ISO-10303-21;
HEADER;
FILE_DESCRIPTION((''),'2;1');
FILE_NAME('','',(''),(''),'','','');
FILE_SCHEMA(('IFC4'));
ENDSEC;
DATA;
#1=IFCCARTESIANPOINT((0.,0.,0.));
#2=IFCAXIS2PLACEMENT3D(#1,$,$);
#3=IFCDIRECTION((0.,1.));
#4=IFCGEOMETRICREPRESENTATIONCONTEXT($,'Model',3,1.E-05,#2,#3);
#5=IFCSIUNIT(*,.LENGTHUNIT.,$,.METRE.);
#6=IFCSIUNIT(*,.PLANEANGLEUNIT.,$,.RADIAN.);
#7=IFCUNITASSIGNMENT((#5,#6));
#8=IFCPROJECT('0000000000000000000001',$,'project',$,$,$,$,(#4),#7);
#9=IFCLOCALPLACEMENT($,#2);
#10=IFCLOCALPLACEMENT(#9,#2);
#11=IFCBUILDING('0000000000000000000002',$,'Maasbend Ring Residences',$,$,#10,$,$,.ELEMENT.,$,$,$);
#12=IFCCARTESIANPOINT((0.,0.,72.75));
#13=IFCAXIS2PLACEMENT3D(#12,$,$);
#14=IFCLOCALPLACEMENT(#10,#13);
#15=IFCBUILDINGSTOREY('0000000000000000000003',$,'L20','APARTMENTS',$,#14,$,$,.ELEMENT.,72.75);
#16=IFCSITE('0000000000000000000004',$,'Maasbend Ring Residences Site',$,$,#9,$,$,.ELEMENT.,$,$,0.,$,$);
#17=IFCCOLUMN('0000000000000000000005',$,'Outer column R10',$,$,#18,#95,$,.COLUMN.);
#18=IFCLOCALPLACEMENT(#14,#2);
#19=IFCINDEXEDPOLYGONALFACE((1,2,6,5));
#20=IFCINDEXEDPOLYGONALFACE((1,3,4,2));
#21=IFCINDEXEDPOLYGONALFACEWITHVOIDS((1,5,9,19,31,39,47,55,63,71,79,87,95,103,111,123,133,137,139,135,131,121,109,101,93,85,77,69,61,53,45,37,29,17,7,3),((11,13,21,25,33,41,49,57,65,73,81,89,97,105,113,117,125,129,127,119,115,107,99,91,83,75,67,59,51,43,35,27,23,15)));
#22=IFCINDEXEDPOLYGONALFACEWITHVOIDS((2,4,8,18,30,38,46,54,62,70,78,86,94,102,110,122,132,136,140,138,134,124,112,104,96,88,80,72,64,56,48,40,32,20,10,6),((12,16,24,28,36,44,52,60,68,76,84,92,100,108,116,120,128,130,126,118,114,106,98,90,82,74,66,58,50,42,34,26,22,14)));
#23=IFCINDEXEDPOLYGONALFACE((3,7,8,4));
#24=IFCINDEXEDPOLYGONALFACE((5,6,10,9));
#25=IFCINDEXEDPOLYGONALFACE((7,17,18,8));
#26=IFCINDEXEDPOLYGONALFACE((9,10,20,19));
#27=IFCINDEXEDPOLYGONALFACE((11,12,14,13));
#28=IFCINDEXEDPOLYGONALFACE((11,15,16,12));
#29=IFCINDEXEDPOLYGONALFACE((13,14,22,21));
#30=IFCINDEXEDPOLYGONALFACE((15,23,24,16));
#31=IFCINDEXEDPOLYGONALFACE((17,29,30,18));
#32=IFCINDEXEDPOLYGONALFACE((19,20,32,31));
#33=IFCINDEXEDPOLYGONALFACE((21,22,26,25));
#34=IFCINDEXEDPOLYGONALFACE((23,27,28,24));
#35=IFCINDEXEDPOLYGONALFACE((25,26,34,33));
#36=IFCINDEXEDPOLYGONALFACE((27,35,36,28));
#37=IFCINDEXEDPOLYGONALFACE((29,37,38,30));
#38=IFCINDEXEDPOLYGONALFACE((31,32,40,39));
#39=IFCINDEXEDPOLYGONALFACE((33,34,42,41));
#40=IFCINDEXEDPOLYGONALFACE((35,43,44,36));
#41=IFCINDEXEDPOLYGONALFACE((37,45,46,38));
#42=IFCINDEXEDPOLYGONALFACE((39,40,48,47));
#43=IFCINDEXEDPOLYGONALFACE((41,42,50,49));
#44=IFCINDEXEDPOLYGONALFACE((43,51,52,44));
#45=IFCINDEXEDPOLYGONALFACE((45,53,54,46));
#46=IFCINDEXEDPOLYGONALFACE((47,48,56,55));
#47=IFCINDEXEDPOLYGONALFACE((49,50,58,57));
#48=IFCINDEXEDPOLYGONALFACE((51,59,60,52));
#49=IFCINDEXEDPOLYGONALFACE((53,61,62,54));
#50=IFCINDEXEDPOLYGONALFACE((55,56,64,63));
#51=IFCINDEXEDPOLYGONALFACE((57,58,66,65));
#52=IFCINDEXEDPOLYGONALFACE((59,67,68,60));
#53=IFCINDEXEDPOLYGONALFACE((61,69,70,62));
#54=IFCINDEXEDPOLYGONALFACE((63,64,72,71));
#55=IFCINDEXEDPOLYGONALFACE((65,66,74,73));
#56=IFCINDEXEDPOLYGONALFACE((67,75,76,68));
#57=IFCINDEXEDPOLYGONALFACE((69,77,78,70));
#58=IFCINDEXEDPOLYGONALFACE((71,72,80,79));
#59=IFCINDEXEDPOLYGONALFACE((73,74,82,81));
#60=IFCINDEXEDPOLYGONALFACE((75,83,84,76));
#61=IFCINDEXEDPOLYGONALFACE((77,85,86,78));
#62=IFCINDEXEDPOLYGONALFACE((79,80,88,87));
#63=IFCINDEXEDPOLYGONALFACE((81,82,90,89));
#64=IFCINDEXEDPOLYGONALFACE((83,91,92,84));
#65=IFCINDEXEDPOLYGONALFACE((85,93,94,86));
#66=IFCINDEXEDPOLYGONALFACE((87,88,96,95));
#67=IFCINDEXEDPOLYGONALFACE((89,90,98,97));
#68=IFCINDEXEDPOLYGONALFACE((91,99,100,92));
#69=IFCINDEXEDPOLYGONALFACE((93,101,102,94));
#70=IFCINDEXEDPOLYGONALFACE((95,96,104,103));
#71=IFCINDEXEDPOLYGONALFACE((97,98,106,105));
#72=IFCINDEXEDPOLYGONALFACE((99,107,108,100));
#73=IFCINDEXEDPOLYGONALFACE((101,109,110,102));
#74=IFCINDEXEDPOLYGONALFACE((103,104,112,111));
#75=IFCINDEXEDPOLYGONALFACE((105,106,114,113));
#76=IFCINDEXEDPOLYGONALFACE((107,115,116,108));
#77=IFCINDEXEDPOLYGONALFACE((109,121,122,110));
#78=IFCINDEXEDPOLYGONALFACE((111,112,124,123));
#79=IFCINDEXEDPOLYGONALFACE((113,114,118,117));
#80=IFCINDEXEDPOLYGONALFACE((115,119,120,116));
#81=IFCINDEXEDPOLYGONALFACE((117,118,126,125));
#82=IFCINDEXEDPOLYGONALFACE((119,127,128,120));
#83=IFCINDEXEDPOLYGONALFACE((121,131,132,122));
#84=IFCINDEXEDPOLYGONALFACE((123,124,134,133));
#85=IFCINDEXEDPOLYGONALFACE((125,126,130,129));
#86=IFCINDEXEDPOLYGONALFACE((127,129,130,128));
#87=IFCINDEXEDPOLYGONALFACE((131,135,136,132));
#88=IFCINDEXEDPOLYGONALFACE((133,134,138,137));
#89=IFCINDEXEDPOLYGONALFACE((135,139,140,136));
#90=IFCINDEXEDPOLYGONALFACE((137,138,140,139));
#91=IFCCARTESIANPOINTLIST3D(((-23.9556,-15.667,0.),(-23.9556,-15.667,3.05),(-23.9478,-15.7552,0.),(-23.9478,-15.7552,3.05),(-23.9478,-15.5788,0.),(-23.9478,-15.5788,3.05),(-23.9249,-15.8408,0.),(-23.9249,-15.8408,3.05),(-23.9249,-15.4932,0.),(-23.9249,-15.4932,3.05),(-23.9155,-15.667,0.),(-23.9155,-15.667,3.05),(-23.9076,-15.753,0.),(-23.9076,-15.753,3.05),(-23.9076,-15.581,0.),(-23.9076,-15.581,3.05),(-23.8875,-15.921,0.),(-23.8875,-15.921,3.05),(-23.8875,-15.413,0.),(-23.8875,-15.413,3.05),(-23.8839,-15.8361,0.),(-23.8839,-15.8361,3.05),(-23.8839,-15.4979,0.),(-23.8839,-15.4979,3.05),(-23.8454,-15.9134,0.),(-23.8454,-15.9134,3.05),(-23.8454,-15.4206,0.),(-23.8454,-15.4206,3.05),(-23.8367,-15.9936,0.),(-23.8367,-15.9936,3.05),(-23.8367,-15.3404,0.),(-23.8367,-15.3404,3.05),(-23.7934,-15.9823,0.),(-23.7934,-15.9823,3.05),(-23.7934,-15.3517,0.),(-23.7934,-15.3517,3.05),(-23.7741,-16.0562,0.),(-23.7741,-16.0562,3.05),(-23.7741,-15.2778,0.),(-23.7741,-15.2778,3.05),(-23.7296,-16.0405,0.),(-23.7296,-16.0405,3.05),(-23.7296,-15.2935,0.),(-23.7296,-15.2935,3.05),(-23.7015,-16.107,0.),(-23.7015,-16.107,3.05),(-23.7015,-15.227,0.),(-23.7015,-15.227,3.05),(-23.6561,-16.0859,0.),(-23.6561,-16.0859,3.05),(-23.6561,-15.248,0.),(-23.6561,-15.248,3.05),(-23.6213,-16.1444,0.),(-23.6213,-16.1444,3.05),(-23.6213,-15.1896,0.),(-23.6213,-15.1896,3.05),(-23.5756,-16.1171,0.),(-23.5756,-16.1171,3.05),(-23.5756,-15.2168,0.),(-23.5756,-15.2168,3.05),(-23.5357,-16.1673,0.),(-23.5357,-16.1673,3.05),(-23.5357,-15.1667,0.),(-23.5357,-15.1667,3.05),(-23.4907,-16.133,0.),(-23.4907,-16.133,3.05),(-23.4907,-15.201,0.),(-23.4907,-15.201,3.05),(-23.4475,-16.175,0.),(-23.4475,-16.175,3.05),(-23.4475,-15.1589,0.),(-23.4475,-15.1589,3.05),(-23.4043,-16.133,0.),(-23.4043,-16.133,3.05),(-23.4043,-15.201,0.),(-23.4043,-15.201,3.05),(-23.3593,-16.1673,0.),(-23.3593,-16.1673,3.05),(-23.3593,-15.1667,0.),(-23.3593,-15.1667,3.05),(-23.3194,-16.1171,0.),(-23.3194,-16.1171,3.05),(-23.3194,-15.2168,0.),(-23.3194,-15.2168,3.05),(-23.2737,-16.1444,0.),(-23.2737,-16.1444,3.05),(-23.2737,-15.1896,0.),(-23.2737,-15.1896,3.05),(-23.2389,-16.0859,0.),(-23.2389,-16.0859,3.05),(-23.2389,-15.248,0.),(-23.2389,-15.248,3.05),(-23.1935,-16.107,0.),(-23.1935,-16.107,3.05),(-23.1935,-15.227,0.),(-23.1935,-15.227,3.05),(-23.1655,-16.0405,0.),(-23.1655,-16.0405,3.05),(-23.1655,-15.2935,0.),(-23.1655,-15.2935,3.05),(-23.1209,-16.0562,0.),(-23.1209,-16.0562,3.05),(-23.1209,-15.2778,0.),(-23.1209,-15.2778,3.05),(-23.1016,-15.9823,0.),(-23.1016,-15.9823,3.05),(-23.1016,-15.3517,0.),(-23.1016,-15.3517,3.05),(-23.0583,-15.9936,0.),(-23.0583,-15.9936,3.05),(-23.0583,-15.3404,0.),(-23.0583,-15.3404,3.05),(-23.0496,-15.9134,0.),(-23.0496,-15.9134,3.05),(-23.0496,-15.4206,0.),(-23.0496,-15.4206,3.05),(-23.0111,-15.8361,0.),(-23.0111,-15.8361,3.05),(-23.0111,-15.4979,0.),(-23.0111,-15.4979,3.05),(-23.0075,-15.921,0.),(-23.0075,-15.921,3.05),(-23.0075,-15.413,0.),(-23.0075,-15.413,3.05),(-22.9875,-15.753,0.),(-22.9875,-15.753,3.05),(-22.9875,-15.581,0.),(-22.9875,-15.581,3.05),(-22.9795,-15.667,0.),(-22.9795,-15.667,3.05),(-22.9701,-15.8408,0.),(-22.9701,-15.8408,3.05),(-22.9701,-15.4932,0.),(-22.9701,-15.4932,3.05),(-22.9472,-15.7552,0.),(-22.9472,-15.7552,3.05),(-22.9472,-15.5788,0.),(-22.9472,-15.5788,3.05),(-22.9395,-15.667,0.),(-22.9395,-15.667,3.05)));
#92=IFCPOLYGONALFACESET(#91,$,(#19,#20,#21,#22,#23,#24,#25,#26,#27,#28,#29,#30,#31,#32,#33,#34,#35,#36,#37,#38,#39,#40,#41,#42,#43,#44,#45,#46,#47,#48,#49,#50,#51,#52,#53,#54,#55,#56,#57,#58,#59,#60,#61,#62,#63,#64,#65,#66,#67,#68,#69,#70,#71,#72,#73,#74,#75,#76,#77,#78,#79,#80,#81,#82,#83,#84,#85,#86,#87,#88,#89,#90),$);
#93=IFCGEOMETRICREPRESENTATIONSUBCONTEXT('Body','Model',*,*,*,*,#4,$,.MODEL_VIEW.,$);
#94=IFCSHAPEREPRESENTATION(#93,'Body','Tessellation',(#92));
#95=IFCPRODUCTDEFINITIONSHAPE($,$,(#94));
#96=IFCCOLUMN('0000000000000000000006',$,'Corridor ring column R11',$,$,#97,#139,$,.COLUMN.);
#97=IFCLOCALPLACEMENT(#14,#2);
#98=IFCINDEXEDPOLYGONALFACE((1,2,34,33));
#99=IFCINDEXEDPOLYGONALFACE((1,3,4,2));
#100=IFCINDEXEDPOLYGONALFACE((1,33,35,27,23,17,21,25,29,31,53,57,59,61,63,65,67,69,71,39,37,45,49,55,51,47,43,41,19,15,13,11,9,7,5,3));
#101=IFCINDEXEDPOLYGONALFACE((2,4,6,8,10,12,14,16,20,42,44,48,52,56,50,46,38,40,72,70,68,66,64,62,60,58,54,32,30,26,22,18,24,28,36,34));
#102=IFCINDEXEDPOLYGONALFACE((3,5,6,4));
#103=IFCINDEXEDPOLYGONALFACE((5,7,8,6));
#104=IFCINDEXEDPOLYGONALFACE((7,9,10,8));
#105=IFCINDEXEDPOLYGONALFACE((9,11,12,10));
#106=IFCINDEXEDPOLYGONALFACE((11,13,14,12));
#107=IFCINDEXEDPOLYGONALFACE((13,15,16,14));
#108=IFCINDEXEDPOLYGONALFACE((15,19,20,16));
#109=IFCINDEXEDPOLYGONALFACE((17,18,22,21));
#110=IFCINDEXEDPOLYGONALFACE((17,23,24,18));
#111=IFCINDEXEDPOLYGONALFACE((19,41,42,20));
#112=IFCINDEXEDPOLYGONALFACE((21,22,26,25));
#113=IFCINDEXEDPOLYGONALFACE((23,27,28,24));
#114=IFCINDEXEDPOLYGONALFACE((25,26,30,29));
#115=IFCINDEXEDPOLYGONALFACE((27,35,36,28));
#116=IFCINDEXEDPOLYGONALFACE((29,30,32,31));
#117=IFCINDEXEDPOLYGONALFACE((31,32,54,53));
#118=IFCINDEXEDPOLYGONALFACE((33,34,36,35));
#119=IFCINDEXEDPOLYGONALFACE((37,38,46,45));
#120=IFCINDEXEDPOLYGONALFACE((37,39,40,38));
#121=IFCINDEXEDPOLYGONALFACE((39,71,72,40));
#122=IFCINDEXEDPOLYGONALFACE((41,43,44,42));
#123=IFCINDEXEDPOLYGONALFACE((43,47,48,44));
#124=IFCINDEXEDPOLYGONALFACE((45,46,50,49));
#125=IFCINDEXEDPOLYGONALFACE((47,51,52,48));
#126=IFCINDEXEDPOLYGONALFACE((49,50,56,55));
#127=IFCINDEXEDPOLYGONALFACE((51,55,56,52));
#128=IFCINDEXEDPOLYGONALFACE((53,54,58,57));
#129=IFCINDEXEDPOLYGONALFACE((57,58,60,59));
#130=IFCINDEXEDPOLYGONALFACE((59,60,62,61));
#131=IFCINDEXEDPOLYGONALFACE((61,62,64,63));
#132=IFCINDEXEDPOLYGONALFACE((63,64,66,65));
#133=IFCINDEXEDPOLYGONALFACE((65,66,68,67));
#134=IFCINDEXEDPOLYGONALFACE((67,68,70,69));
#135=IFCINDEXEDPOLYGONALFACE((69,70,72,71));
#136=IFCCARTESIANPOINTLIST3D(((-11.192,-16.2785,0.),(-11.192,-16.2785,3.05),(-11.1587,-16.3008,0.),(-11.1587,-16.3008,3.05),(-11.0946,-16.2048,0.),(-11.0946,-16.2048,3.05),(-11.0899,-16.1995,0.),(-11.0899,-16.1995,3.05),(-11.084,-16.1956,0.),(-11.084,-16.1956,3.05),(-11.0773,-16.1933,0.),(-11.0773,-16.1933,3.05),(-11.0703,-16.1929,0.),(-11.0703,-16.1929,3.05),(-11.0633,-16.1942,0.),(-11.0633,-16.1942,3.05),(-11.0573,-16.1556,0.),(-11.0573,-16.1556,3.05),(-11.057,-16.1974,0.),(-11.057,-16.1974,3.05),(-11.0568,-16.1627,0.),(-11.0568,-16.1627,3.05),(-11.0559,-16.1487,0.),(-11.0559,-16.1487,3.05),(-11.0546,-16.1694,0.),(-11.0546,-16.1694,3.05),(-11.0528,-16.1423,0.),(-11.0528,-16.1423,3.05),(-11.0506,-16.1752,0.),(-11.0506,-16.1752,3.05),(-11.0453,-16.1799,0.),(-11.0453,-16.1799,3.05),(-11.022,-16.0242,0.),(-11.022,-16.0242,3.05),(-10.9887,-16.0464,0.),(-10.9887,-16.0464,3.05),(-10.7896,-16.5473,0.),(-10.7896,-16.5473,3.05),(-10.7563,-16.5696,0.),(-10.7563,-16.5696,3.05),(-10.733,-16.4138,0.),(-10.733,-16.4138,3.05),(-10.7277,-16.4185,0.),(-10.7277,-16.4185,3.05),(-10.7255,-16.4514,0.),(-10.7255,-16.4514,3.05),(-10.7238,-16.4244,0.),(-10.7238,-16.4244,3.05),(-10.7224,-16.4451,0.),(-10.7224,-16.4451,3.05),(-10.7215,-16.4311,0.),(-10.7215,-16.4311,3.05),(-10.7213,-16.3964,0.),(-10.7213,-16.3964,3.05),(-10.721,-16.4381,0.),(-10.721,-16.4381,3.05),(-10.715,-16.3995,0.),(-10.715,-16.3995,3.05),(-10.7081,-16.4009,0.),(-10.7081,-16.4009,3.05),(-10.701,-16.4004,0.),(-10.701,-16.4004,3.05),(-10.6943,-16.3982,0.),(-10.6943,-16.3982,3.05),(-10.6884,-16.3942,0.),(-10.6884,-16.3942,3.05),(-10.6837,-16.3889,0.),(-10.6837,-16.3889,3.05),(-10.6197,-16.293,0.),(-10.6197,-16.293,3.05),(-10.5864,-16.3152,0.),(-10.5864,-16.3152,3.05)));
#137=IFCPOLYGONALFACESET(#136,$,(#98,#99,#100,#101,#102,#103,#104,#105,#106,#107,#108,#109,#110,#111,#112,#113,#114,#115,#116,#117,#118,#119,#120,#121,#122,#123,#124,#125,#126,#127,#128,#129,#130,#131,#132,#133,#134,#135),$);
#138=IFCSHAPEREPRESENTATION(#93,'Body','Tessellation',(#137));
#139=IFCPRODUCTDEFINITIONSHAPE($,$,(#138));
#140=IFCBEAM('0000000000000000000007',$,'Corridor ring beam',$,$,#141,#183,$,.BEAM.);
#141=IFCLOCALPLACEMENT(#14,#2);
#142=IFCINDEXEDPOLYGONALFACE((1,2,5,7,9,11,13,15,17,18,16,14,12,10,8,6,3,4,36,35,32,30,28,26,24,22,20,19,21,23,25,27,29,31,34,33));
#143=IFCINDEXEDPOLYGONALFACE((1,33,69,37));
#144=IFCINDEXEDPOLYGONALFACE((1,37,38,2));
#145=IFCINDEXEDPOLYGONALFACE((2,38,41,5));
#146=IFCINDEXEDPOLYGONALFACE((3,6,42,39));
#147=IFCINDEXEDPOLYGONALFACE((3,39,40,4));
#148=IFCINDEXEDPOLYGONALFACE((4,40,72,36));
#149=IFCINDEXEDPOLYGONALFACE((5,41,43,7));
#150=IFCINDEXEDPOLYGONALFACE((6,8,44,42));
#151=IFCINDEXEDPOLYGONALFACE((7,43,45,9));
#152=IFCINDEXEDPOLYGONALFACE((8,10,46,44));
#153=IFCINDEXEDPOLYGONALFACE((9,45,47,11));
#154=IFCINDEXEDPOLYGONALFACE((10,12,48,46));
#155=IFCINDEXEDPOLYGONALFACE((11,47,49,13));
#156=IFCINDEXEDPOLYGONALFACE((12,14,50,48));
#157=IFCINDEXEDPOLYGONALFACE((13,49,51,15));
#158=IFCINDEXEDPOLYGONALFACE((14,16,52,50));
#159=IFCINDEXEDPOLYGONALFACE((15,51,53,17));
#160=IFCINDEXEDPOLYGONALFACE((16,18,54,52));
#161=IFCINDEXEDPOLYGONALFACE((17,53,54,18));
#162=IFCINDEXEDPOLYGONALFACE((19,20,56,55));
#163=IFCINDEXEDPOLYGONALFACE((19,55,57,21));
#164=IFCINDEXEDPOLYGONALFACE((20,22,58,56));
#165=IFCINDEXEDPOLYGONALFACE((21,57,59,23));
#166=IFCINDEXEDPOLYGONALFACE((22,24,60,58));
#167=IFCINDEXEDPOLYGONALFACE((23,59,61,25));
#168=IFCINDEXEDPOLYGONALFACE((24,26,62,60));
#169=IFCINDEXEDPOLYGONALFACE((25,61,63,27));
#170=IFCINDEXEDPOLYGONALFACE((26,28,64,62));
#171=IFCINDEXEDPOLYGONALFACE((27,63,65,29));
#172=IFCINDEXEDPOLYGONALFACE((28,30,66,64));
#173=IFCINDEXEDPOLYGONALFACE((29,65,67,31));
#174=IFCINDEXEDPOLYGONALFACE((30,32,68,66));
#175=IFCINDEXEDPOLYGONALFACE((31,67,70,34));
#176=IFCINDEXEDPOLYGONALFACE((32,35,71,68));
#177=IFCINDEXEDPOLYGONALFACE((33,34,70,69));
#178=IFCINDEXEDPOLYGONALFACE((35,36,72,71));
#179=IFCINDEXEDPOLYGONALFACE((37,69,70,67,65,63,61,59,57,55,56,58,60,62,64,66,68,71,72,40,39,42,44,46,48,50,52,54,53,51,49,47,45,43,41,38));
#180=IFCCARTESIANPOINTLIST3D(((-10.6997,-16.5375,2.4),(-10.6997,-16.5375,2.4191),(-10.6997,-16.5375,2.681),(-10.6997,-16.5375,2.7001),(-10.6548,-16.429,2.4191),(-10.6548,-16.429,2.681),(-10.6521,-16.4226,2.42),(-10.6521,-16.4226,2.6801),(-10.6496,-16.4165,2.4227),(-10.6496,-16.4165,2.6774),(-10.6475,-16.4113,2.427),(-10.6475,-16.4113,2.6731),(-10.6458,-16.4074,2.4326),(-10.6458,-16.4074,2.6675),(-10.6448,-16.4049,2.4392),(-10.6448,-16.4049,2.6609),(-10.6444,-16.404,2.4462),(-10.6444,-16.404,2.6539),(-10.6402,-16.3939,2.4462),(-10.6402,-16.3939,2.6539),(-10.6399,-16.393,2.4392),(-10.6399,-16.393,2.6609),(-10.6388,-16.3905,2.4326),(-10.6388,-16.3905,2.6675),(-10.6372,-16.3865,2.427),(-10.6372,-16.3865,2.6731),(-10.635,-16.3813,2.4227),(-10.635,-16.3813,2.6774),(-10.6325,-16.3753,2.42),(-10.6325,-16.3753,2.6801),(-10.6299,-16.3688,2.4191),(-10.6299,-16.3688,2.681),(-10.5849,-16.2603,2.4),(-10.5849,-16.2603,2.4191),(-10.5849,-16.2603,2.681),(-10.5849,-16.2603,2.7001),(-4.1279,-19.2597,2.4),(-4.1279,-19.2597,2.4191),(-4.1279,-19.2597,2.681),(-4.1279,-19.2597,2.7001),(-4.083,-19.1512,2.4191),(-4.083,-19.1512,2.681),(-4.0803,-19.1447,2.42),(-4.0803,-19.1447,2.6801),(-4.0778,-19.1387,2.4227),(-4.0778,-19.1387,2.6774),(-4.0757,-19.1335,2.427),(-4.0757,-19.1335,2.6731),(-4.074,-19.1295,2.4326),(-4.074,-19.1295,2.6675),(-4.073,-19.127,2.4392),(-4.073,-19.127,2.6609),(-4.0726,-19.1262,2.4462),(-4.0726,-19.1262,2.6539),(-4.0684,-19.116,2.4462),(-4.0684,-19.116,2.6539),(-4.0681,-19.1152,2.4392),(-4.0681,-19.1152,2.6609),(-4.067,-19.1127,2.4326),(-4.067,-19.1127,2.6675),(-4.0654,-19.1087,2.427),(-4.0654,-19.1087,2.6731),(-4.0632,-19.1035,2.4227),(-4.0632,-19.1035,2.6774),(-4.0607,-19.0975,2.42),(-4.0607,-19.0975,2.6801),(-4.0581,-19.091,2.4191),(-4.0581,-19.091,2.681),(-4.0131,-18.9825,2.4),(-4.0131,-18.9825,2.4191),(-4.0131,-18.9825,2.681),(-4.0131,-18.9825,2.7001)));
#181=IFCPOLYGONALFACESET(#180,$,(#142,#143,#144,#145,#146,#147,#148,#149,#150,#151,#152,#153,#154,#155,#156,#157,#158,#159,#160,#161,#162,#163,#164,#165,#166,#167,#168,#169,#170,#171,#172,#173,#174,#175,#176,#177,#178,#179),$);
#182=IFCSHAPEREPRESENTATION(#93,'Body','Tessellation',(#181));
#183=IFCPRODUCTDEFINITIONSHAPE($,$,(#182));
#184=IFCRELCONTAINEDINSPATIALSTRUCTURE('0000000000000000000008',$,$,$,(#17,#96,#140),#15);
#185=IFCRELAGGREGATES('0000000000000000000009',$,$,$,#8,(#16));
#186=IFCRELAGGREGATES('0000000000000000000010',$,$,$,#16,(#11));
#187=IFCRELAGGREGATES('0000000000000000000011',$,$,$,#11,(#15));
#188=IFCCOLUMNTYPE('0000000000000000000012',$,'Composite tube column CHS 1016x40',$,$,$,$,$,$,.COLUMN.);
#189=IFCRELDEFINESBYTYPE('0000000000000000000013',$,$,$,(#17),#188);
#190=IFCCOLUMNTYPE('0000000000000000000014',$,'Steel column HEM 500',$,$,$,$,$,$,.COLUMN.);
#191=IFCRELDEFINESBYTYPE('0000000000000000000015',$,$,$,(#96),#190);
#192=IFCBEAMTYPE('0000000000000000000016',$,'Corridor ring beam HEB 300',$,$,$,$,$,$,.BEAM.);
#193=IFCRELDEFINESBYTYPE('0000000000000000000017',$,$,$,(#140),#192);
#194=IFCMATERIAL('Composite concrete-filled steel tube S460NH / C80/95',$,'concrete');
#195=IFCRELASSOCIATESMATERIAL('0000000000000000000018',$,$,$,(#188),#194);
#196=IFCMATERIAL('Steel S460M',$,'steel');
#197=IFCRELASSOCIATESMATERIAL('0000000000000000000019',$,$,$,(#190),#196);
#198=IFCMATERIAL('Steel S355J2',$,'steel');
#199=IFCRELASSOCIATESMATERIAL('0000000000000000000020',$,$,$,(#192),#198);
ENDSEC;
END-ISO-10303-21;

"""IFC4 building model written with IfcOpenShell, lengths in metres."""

from ifc_helpers import new_model, si_unit, direction, frame, origin, origin_2d, place, context, subcontext, project, spatial, hollow_circle, i_section, extrude, material, material_profile, profile_set, type_object, element, save


model = new_model("IFC4")

# Units and contexts
model_context = context("Model", 3, precision=1e-05, world=origin(), true_north=direction((0.0, 1.0)))
body_context = subcontext(model_context, "Body", "Model", "MODEL_VIEW")
ifc_project = project(units=[si_unit("LENGTHUNIT", "METRE"), si_unit("PLANEANGLEUNIT", "RADIAN")], contexts=[model_context])

# Site, building, storey
site_placement = place(None, origin())
site = spatial("IfcSite", under=ifc_project, at=site_placement, Name="Maasbend Ring Residences Site", CompositionType="ELEMENT", RefElevation=0.0)
building_placement = place(site_placement, origin())
building = spatial("IfcBuilding", under=site, at=building_placement, Name="Maasbend Ring Residences", CompositionType="ELEMENT")
storey_placement = place(building_placement, frame((0.0, 0.0, 72.75)))
storey = spatial("IfcBuildingStorey", under=building, at=storey_placement, Name="L20", Description="APARTMENTS", CompositionType="ELEMENT", Elevation=72.75)

# Columns
ifc_material_1 = material(Name="Composite concrete-filled steel tube S460NH / C80/95", Category="concrete")
ifc_material_profile_1 = material_profile(ifc_material_1, hollow_circle(Radius=0.5081, WallThickness=0.04, at=origin_2d()), Name="Composite tube column CHS 1016x40")
ifc_profile_set_1 = profile_set([ifc_material_profile_1], Name="Composite concrete-filled steel tube S460NH / C80/95")
column_type_1 = type_object("IfcColumnType", Name="Composite tube column CHS 1016x40", PredefinedType="COLUMN", material=ifc_profile_set_1)
column_1_placement = place(storey_placement, frame((-23.4475, -15.667, 0.0), z_axis=(0.0, 0.0, 1.0), x_axis=(1.0, 0.0, 0.0)))
element("IfcColumn", 1, at=column_1_placement, inside=storey, type_object=column_type_1, Name="Outer column R10", PredefinedType="COLUMN", context=body_context, shape_type="SweptSolid", body=[
    extrude(hollow_circle(Radius=0.5081, WallThickness=0.04, at=origin_2d()), origin(), (0.0, 0.0, 1.0), 3.05),
])
ifc_material_2 = material(Name="Steel S460M", Category="steel")
ifc_material_profile_2 = material_profile(ifc_material_2, i_section(OverallWidth=0.3059, OverallDepth=0.5239, WebThickness=0.021, FlangeThickness=0.04, FilletRadius=0.0271, at=origin_2d()), Name="HEM 500")
ifc_profile_set_2 = profile_set([ifc_material_profile_2], Name="Steel S460M")
column_type_2 = type_object("IfcColumnType", Name="Steel column HEM 500", PredefinedType="COLUMN", material=ifc_profile_set_2)
column_2_placement = place(storey_placement, frame((-10.8892, -16.2969, 0.0), z_axis=(0.0, 0.0, 1.0), x_axis=(-0.55557, -0.83147, 0.0)))
element("IfcColumn", 2, at=column_2_placement, inside=storey, type_object=column_type_2, Name="Corridor ring column R11", PredefinedType="COLUMN", context=body_context, shape_type="SweptSolid", body=[
    extrude(i_section(OverallWidth=0.3059, OverallDepth=0.5239, WebThickness=0.021, FlangeThickness=0.04, FilletRadius=0.0271, at=origin_2d()), origin(), (0.0, 0.0, 1.0), 3.05),
])

# Beam
ifc_material_3 = material(Name="Steel S355J2", Category="steel")
ifc_material_profile_3 = material_profile(ifc_material_3, i_section(OverallWidth=0.3, OverallDepth=0.3, WebThickness=0.011, FlangeThickness=0.019, FilletRadius=0.0271, at=origin_2d()), Name="HEB 300")
ifc_profile_set_3 = profile_set([ifc_material_profile_3], Name="Steel S355J2")
beam_type_1 = type_object("IfcBeamType", Name="Corridor ring beam HEB 300", PredefinedType="BEAM", material=ifc_profile_set_3)
beam_1_placement = place(storey_placement, frame((-10.6423, -16.3989, 2.55), z_axis=(0.923877, -0.382689, 0.0), x_axis=(0.382689, 0.923877, 0.0)))
element("IfcBeam", 3, at=beam_1_placement, inside=storey, type_object=beam_type_1, Name="Corridor ring beam", PredefinedType="BEAM", context=body_context, shape_type="SweptSolid", body=[
    extrude(i_section(OverallWidth=0.3, OverallDepth=0.3, WebThickness=0.011, FlangeThickness=0.019, FilletRadius=0.0271, at=origin_2d()), origin(), (0.0, 0.0, 1.0), 7.1133),
])

save(model, "model.ifc")
